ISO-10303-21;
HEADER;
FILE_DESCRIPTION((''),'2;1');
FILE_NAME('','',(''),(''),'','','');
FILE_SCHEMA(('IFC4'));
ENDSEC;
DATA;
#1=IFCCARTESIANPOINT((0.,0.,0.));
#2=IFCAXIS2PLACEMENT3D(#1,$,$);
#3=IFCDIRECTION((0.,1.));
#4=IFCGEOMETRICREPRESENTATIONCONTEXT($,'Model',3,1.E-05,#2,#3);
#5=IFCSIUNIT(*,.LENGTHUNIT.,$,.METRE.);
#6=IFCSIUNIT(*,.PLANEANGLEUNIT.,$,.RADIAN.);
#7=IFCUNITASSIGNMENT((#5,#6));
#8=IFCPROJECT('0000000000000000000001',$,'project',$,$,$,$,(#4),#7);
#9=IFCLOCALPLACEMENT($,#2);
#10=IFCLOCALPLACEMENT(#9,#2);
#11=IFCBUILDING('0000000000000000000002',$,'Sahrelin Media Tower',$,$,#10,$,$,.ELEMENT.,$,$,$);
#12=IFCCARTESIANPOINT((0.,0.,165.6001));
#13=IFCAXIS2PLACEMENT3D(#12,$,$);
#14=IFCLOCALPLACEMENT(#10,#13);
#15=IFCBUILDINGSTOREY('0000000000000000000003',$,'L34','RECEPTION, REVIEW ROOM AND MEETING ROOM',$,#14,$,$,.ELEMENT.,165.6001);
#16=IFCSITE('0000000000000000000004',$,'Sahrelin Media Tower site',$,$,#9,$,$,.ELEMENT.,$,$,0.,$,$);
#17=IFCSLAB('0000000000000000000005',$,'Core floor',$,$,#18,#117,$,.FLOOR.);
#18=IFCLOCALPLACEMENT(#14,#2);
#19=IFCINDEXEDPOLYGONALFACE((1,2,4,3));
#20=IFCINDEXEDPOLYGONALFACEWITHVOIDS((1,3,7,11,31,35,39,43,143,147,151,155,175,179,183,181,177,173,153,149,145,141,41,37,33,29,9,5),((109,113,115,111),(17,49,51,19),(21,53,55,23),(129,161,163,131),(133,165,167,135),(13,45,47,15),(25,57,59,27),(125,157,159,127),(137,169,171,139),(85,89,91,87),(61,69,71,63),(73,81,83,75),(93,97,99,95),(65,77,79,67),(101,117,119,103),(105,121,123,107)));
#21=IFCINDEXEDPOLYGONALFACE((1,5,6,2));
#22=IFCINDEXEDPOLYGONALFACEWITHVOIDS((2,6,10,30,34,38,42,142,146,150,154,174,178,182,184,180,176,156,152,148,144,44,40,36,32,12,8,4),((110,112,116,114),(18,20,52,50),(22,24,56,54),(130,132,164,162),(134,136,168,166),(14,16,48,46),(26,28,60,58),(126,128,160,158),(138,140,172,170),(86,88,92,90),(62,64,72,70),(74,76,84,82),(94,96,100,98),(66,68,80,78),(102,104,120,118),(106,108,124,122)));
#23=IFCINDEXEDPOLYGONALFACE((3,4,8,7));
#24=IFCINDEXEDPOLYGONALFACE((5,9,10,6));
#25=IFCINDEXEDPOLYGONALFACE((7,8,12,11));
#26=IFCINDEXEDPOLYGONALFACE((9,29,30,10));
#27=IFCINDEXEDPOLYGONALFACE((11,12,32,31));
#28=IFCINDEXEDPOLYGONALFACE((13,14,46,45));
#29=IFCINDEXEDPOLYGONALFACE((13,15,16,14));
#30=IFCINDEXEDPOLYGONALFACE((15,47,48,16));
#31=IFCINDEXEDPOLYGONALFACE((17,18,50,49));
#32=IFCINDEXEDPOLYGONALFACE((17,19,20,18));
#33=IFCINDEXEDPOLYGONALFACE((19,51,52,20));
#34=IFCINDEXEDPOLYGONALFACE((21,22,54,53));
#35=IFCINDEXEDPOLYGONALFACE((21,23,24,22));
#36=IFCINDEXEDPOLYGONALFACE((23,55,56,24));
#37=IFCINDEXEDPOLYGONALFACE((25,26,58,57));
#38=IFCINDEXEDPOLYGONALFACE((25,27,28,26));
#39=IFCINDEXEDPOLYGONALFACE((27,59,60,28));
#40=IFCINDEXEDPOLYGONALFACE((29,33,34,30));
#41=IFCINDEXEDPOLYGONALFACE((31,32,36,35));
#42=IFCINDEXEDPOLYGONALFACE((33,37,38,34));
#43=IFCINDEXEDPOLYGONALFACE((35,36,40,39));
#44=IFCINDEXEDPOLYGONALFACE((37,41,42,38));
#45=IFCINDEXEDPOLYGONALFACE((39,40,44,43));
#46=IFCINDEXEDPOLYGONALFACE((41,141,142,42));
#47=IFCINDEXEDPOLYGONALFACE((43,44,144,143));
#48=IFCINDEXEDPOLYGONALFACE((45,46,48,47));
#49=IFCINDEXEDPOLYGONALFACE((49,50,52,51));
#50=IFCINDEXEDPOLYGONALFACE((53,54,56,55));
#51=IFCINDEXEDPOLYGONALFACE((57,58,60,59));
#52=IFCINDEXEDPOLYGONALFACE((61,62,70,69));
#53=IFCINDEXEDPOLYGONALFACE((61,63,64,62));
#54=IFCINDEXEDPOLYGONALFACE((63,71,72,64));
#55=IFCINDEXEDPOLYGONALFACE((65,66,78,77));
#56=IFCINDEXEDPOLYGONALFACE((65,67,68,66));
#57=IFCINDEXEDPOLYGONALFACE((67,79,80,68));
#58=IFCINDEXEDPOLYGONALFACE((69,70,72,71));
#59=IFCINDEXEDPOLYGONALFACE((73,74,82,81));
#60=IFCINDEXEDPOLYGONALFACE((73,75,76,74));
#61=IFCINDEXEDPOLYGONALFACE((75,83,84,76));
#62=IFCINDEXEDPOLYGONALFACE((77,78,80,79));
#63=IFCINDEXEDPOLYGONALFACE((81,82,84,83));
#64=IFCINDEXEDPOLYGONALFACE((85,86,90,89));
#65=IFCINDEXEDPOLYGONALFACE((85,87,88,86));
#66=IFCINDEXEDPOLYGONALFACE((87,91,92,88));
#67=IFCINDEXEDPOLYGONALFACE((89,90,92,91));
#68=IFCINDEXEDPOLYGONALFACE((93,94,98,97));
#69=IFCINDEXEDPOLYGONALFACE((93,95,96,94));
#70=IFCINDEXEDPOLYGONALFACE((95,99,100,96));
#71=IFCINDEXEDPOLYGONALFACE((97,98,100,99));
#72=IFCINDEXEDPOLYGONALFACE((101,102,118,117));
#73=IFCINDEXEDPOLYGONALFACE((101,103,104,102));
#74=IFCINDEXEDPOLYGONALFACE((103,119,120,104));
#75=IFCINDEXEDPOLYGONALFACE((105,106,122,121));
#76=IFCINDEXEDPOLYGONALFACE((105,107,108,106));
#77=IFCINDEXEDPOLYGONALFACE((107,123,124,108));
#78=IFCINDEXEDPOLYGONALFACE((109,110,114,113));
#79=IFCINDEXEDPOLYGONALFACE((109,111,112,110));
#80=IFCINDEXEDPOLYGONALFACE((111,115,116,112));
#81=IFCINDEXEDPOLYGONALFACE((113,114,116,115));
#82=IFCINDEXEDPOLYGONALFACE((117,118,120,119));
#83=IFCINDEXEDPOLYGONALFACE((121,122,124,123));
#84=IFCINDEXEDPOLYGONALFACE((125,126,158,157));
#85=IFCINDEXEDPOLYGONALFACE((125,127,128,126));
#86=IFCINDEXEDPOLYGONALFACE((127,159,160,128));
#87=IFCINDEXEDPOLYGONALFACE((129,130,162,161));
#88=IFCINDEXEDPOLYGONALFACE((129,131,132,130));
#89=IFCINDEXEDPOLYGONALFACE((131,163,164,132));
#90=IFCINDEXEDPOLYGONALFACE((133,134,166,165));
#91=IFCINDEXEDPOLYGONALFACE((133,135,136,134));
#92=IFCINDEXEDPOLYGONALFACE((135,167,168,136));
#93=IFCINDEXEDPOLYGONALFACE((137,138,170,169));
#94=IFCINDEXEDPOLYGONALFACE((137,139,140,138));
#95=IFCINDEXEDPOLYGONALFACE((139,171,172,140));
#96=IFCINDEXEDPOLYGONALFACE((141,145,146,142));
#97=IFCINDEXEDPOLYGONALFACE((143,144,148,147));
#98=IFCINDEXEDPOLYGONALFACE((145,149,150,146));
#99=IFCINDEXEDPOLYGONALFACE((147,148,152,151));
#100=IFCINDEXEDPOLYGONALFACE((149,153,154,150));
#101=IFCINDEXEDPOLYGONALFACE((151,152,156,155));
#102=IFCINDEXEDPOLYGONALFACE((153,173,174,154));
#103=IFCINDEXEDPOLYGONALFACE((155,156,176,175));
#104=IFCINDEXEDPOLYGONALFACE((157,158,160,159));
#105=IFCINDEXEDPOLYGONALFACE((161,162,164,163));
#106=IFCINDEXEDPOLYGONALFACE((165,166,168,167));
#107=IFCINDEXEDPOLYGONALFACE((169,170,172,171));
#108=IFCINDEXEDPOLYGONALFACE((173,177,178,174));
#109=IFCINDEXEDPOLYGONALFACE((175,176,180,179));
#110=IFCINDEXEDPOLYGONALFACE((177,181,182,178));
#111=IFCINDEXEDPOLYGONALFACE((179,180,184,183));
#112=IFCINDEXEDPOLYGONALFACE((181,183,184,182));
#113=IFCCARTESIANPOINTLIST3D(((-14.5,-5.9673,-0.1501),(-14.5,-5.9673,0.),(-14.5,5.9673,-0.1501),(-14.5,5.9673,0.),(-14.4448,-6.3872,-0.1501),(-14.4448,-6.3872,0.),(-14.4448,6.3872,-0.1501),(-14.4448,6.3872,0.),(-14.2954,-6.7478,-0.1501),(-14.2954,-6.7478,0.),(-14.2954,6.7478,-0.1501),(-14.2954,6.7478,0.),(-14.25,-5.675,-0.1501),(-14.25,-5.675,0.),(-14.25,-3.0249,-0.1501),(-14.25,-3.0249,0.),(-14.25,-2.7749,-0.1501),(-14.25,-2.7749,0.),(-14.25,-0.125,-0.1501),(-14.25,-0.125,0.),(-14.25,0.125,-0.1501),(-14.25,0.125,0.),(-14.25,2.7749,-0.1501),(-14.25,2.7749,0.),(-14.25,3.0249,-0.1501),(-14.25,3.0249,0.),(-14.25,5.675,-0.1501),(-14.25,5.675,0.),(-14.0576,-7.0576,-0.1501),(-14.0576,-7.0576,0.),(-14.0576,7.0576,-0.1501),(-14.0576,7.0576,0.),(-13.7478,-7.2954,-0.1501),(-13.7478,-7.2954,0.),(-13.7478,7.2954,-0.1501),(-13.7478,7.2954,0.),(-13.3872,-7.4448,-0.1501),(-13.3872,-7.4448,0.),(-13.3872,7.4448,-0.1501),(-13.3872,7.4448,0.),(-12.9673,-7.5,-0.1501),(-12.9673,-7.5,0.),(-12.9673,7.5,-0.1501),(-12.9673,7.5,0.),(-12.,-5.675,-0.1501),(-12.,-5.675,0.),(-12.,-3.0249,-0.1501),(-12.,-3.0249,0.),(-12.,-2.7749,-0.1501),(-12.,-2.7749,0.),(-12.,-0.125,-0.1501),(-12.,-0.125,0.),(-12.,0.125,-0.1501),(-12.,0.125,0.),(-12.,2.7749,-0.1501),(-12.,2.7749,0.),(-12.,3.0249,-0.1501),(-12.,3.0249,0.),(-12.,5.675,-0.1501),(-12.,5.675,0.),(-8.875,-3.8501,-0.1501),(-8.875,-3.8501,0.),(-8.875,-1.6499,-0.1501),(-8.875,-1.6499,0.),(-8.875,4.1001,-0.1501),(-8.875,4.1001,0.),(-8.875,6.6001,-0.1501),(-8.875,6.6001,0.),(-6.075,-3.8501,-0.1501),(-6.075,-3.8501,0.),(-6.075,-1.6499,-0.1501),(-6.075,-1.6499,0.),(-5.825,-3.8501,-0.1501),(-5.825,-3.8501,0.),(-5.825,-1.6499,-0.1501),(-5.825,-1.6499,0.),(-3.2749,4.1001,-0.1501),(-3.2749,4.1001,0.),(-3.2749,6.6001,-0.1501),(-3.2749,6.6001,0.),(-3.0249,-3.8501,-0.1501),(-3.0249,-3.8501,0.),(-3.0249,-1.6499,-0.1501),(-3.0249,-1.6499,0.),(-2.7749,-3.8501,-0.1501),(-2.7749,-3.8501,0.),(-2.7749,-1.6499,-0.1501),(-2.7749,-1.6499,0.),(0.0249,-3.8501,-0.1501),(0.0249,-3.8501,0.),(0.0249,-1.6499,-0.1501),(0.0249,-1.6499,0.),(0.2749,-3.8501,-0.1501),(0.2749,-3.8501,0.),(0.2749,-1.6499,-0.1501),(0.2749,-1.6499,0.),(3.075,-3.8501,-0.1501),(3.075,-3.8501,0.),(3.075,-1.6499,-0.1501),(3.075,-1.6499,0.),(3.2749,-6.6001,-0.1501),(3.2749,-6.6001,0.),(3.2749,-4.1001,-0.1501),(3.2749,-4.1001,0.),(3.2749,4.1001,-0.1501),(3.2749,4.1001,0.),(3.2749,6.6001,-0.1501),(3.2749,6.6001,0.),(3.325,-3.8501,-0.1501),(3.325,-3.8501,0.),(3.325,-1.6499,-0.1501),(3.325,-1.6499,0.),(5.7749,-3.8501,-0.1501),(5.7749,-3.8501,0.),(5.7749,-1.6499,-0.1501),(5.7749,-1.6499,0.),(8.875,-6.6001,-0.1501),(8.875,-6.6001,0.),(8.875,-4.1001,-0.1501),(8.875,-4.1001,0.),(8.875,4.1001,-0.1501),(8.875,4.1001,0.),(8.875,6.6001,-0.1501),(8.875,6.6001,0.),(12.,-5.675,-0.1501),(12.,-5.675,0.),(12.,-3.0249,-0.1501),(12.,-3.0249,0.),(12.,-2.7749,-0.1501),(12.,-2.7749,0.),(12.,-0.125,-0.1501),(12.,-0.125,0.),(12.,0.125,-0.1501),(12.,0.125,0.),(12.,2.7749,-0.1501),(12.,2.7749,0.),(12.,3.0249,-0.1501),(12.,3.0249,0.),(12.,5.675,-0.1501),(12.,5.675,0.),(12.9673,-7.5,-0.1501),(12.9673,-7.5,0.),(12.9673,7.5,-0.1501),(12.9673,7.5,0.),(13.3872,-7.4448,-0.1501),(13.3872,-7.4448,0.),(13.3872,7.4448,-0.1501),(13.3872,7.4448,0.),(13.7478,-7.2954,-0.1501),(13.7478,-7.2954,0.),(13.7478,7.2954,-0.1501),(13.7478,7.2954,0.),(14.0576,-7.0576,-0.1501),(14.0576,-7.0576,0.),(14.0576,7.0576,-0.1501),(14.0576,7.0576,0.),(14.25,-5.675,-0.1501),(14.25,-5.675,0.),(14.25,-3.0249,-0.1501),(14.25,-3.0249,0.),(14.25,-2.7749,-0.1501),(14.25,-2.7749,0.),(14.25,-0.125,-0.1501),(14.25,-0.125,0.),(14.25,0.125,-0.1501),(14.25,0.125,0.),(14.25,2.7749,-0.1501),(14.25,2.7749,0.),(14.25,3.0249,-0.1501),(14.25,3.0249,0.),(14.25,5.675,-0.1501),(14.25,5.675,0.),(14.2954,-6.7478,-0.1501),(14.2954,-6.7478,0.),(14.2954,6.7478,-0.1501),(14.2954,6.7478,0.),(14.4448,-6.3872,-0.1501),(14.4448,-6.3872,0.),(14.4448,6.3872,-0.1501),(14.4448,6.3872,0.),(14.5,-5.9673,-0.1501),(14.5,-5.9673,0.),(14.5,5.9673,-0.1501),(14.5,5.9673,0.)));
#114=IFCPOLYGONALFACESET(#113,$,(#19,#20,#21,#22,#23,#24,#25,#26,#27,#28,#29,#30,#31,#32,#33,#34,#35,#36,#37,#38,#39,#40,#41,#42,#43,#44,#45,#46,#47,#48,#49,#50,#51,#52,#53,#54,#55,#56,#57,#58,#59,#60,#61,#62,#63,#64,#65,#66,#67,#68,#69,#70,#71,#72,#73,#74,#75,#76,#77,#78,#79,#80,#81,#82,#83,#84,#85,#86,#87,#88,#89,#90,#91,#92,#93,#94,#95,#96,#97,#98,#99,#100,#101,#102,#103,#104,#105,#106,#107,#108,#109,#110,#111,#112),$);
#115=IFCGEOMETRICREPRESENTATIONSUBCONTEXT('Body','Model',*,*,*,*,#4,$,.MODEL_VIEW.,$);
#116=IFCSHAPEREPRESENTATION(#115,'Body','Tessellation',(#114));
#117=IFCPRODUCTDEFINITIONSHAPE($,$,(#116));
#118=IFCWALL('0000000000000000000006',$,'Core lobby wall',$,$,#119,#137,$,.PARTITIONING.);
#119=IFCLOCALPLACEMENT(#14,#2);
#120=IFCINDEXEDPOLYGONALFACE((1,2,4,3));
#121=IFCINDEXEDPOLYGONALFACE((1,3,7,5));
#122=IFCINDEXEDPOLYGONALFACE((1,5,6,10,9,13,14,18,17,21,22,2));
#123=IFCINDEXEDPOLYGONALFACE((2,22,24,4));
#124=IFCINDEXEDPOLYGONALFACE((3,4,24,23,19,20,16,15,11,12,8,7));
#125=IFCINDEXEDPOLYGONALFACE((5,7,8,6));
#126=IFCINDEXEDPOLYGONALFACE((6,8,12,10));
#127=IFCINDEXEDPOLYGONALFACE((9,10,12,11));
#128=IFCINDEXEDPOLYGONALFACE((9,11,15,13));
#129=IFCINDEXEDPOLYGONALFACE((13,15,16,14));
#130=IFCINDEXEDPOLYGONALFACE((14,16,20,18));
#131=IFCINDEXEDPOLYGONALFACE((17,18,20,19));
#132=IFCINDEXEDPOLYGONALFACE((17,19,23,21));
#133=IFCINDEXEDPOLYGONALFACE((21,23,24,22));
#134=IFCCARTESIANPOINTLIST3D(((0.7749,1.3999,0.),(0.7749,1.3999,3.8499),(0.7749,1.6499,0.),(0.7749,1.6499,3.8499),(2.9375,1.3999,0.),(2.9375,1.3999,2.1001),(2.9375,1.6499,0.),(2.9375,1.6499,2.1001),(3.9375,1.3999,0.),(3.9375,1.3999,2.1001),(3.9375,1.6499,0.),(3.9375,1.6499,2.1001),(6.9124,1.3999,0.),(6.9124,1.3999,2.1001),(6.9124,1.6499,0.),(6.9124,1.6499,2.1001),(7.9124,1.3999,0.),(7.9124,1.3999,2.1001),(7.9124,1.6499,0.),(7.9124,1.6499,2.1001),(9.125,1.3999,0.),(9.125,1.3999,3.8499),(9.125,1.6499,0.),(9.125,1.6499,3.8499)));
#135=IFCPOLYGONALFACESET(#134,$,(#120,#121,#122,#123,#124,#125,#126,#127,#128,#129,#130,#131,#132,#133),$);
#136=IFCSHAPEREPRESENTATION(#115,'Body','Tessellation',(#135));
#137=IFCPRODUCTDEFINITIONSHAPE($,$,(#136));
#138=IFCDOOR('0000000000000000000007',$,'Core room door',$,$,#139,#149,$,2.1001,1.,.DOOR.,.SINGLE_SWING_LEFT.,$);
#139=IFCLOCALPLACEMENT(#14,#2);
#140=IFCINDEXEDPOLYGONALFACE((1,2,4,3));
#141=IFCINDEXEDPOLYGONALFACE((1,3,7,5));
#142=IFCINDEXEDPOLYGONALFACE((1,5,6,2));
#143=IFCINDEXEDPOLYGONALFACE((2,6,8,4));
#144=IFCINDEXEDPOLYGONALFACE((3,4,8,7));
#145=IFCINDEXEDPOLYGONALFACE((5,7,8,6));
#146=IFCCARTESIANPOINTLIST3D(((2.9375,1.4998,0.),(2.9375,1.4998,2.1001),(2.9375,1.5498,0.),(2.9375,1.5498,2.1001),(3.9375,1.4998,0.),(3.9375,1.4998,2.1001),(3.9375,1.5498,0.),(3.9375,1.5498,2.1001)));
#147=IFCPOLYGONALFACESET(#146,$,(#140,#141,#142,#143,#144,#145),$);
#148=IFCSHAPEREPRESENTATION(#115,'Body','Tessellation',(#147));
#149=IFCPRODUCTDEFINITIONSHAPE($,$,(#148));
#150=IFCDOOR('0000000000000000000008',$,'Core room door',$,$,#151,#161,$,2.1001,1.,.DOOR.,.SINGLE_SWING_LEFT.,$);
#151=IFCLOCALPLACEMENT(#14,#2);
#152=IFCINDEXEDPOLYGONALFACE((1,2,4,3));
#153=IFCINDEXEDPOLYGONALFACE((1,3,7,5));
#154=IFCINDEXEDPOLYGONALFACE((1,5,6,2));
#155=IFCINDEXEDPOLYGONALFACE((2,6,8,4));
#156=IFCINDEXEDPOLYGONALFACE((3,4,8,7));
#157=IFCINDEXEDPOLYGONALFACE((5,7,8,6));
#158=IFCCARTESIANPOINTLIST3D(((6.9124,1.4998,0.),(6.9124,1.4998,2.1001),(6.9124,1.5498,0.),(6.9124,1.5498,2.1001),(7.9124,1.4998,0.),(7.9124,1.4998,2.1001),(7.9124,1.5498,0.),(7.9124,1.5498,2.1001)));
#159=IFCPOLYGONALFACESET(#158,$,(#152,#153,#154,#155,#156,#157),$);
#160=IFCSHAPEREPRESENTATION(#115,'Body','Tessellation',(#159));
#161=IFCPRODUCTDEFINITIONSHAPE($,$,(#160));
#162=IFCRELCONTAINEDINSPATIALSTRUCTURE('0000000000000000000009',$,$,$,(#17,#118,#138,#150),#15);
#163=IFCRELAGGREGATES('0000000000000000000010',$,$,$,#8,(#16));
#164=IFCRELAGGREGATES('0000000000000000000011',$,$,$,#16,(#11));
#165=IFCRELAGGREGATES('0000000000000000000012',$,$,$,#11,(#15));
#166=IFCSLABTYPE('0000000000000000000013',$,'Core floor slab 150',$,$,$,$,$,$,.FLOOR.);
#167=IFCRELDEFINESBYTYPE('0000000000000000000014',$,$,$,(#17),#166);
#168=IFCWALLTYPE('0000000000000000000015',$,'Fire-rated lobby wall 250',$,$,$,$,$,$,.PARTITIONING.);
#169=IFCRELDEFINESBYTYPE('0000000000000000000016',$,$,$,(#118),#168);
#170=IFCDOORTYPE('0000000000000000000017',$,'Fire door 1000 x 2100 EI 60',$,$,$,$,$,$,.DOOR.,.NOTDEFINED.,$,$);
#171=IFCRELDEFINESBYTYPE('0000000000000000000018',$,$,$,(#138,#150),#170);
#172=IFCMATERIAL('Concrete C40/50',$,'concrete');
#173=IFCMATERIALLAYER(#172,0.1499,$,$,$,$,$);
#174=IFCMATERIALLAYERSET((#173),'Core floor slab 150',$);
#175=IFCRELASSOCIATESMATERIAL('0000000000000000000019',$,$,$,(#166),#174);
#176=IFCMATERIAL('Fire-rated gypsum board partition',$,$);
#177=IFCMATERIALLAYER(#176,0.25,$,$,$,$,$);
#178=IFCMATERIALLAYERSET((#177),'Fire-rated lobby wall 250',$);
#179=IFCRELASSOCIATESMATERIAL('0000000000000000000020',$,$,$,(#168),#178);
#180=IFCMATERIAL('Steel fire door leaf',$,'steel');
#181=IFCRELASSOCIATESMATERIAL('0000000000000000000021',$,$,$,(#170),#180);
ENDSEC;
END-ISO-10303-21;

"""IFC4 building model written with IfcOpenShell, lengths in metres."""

from ifc_helpers import new_model, si_unit, direction, frame, frame_2d, origin, place, context, subcontext, project, spatial, polyline, rectangle, outline, extrude, material, layer, layer_set, type_object, element, fill, save


model = new_model("IFC4")

# Units and contexts
model_context = context("Model", 3, precision=1e-05, world=origin(), true_north=direction((0.0, 1.0)))
body_context = subcontext(model_context, "Body", "Model", "MODEL_VIEW")
ifc_project = project(units=[si_unit("LENGTHUNIT", "METRE"), si_unit("PLANEANGLEUNIT", "RADIAN")], contexts=[model_context])

# Site, building, storey
site_placement = place(None, origin())
site = spatial("IfcSite", under=ifc_project, at=site_placement, Name="Sahrelin Media Tower site", CompositionType="ELEMENT", RefElevation=0.0)
building_placement = place(site_placement, origin())
building = spatial("IfcBuilding", under=site, at=building_placement, Name="Sahrelin Media Tower", CompositionType="ELEMENT")
storey_placement = place(building_placement, frame((0.0, 0.0, 165.6001)))
storey = spatial("IfcBuildingStorey", under=building, at=storey_placement, Name="L34", Description="RECEPTION, REVIEW ROOM AND MEETING ROOM", CompositionType="ELEMENT", Elevation=165.6001)

# Slab
ifc_material_1 = material(Name="Concrete C40/50", Category="concrete")
ifc_layer_1 = layer(ifc_material_1, 0.1499)
ifc_layer_set_1 = layer_set([ifc_layer_1], Name="Core floor slab 150")
slab_type = type_object("IfcSlabType", Name="Core floor slab 150", PredefinedType="FLOOR", material=ifc_layer_set_1)
slab_placement = place(storey_placement, frame((0.0, 0.0, -0.1501)))
element("IfcSlab", 1, at=slab_placement, inside=storey, type_object=slab_type, Name="Core floor", PredefinedType="FLOOR", context=body_context, shape_type="SweptSolid", body=[
    extrude(outline(polyline([(-14.4448, 6.3872), (-14.5, 5.9673), (-14.5, -5.9673), (-14.4448, -6.3872), (-14.2954, -6.7478), (-14.0576, -7.0576), (-13.7478, -7.2954), (-13.3872, -7.4448), (-12.9673, -7.5), (12.9673, -7.5), (13.3872, -7.4448), (13.7478, -7.2954), (14.0576, -7.0576), (14.2954, -6.7478), (14.4448, -6.3872), (14.5, -5.9673), (14.5, 5.9673), (14.4448, 6.3872), (14.2954, 6.7478), (14.0576, 7.0576), (13.7478, 7.2954), (13.3872, 7.4448), (12.9673, 7.5), (-12.9673, 7.5), (-13.3872, 7.4448), (-13.7478, 7.2954), (-14.0576, 7.0576), (-14.2954, 6.7478), (-14.4448, 6.3872)]), holes=[polyline([(-12.0, 3.0249), (-12.0, 5.675), (-14.25, 5.675), (-14.25, 3.0249), (-12.0, 3.0249)]), polyline([(-14.25, 0.125), (-12.0, 0.125), (-12.0, 2.7749), (-14.25, 2.7749), (-14.25, 0.125)]), polyline([(-14.25, -0.125), (-14.25, -2.7749), (-12.0, -2.7749), (-12.0, -0.125), (-14.25, -0.125)]), polyline([(-12.0, -3.0249), (-14.25, -3.0249), (-14.25, -5.675), (-12.0, -5.675), (-12.0, -3.0249)]), polyline([(14.25, 3.0249), (14.25, 5.675), (12.0, 5.675), (12.0, 3.0249), (14.25, 3.0249)]), polyline([(12.0, 0.125), (14.25, 0.125), (14.25, 2.7749), (12.0, 2.7749), (12.0, 0.125)]), polyline([(12.0, -0.125), (12.0, -2.7749), (14.25, -2.7749), (14.25, -0.125), (12.0, -0.125)]), polyline([(14.25, -3.0249), (12.0, -3.0249), (12.0, -5.675), (14.25, -5.675), (14.25, -3.0249)]), polyline([(-6.075, -3.8501), (-6.075, -1.6499), (-8.875, -1.6499), (-8.875, -3.8501), (-6.075, -3.8501)]), polyline([(-5.825, -3.8501), (-3.0249, -3.8501), (-3.0249, -1.6499), (-5.825, -1.6499), (-5.825, -3.8501)]), polyline([(-2.7749, -1.6499), (-2.7749, -3.8501), (0.0249, -3.8501), (0.0249, -1.6499), (-2.7749, -1.6499)]), polyline([(3.075, -1.6499), (0.2749, -1.6499), (0.2749, -3.8501), (3.075, -3.8501), (3.075, -1.6499)]), polyline([(5.7749, -3.8501), (5.7749, -1.6499), (3.325, -1.6499), (3.325, -3.8501), (5.7749, -3.8501)]), polyline([(-8.875, 6.6001), (-8.875, 4.1001), (-3.2749, 4.1001), (-3.2749, 6.6001), (-8.875, 6.6001)]), polyline([(3.2749, 4.1001), (8.875, 4.1001), (8.875, 6.6001), (3.2749, 6.6001), (3.2749, 4.1001)]), polyline([(3.2749, -4.1001), (3.2749, -6.6001), (8.875, -6.6001), (8.875, -4.1001), (3.2749, -4.1001)])]), origin(), (0.0, 0.0, 1.0), 0.1501),
])

# Wall, openings, doors
ifc_material_2 = material(Name="Fire-rated gypsum board partition")
ifc_layer_2 = layer(ifc_material_2, 0.25)
ifc_layer_set_2 = layer_set([ifc_layer_2], Name="Fire-rated lobby wall 250")
wall_type_1 = type_object("IfcWallType", Name="Fire-rated lobby wall 250", PredefinedType="PARTITIONING", material=ifc_layer_set_2)
wall_1_placement = place(storey_placement, frame((0.7749, 1.5249, 0.0), z_axis=(0.0, 0.0, 1.0), x_axis=(1.0, 0.0, 0.0)))
wall_1 = element("IfcWall", 2, at=wall_1_placement, inside=storey, type_object=wall_type_1, Name="Core lobby wall", PredefinedType="PARTITIONING", context=body_context, shape_type="SweptSolid", body=[
    extrude(rectangle(XDim=8.3501, YDim=0.25, at=frame_2d((4.175, 0.0))), origin(), (0.0, 0.0, 1.0), 3.8499),
])
opening_1_placement = place(wall_1_placement, frame((2.1626, 0.0, 0.0)))
opening_1 = element("IfcOpeningElement", 3, at=opening_1_placement, cuts=wall_1, PredefinedType="OPENING", context=body_context, shape_type="SweptSolid", body=[
    extrude(rectangle(XDim=1.0, YDim=2.1001, at=frame_2d((0.5, 1.05))), frame((0.0, 0.125, 0.0), z_axis=(0.0, -1.0, 0.0), x_axis=(1.0, 0.0, 0.0)), (0.0, 0.0, 1.0), 0.25),
])
opening_2_placement = place(wall_1_placement, frame((6.1375, 0.0, 0.0)))
opening_2 = element("IfcOpeningElement", 4, at=opening_2_placement, cuts=wall_1, PredefinedType="OPENING", context=body_context, shape_type="SweptSolid", body=[
    extrude(rectangle(XDim=1.0, YDim=2.1001, at=frame_2d((0.5, 1.05))), frame((0.0, 0.125, 0.0), z_axis=(0.0, -1.0, 0.0), x_axis=(1.0, 0.0, 0.0)), (0.0, 0.0, 1.0), 0.25),
])
ifc_material_3 = material(Name="Steel fire door leaf", Category="steel")
door_type_1 = type_object("IfcDoorType", Name="Fire door 1000 x 2100 EI 60", OperationType="NOTDEFINED", PredefinedType="DOOR", material=ifc_material_3)
door_1_placement = place(opening_1_placement, origin())
door_1 = element("IfcDoor", 5, at=door_1_placement, inside=storey, type_object=door_type_1, Name="Core room door", OperationType="SINGLE_SWING_LEFT", OverallHeight=2.1001, OverallWidth=1.0, PredefinedType="DOOR", context=body_context, shape_type="SweptSolid", body=[
    extrude(rectangle(XDim=1.0, YDim=2.1001, at=frame_2d((0.5, 1.05))), frame((0.0, 0.0249, 0.0), z_axis=(0.0, -1.0, 0.0), x_axis=(1.0, 0.0, 0.0)), (0.0, 0.0, 1.0), 0.05),
])
fill(opening_1, door_1)
door_2_placement = place(opening_2_placement, origin())
door_2 = element("IfcDoor", 6, at=door_2_placement, inside=storey, type_object=door_type_1, Name="Core room door", OperationType="SINGLE_SWING_LEFT", OverallHeight=2.1001, OverallWidth=1.0, PredefinedType="DOOR", context=body_context, shape_type="SweptSolid", body=[
    extrude(rectangle(XDim=1.0, YDim=2.1001, at=frame_2d((0.5, 1.05))), frame((0.0, 0.0249, 0.0), z_axis=(0.0, -1.0, 0.0), x_axis=(1.0, 0.0, 0.0)), (0.0, 0.0, 1.0), 0.05),
])
fill(opening_2, door_2)

save(model, "model.ifc")
